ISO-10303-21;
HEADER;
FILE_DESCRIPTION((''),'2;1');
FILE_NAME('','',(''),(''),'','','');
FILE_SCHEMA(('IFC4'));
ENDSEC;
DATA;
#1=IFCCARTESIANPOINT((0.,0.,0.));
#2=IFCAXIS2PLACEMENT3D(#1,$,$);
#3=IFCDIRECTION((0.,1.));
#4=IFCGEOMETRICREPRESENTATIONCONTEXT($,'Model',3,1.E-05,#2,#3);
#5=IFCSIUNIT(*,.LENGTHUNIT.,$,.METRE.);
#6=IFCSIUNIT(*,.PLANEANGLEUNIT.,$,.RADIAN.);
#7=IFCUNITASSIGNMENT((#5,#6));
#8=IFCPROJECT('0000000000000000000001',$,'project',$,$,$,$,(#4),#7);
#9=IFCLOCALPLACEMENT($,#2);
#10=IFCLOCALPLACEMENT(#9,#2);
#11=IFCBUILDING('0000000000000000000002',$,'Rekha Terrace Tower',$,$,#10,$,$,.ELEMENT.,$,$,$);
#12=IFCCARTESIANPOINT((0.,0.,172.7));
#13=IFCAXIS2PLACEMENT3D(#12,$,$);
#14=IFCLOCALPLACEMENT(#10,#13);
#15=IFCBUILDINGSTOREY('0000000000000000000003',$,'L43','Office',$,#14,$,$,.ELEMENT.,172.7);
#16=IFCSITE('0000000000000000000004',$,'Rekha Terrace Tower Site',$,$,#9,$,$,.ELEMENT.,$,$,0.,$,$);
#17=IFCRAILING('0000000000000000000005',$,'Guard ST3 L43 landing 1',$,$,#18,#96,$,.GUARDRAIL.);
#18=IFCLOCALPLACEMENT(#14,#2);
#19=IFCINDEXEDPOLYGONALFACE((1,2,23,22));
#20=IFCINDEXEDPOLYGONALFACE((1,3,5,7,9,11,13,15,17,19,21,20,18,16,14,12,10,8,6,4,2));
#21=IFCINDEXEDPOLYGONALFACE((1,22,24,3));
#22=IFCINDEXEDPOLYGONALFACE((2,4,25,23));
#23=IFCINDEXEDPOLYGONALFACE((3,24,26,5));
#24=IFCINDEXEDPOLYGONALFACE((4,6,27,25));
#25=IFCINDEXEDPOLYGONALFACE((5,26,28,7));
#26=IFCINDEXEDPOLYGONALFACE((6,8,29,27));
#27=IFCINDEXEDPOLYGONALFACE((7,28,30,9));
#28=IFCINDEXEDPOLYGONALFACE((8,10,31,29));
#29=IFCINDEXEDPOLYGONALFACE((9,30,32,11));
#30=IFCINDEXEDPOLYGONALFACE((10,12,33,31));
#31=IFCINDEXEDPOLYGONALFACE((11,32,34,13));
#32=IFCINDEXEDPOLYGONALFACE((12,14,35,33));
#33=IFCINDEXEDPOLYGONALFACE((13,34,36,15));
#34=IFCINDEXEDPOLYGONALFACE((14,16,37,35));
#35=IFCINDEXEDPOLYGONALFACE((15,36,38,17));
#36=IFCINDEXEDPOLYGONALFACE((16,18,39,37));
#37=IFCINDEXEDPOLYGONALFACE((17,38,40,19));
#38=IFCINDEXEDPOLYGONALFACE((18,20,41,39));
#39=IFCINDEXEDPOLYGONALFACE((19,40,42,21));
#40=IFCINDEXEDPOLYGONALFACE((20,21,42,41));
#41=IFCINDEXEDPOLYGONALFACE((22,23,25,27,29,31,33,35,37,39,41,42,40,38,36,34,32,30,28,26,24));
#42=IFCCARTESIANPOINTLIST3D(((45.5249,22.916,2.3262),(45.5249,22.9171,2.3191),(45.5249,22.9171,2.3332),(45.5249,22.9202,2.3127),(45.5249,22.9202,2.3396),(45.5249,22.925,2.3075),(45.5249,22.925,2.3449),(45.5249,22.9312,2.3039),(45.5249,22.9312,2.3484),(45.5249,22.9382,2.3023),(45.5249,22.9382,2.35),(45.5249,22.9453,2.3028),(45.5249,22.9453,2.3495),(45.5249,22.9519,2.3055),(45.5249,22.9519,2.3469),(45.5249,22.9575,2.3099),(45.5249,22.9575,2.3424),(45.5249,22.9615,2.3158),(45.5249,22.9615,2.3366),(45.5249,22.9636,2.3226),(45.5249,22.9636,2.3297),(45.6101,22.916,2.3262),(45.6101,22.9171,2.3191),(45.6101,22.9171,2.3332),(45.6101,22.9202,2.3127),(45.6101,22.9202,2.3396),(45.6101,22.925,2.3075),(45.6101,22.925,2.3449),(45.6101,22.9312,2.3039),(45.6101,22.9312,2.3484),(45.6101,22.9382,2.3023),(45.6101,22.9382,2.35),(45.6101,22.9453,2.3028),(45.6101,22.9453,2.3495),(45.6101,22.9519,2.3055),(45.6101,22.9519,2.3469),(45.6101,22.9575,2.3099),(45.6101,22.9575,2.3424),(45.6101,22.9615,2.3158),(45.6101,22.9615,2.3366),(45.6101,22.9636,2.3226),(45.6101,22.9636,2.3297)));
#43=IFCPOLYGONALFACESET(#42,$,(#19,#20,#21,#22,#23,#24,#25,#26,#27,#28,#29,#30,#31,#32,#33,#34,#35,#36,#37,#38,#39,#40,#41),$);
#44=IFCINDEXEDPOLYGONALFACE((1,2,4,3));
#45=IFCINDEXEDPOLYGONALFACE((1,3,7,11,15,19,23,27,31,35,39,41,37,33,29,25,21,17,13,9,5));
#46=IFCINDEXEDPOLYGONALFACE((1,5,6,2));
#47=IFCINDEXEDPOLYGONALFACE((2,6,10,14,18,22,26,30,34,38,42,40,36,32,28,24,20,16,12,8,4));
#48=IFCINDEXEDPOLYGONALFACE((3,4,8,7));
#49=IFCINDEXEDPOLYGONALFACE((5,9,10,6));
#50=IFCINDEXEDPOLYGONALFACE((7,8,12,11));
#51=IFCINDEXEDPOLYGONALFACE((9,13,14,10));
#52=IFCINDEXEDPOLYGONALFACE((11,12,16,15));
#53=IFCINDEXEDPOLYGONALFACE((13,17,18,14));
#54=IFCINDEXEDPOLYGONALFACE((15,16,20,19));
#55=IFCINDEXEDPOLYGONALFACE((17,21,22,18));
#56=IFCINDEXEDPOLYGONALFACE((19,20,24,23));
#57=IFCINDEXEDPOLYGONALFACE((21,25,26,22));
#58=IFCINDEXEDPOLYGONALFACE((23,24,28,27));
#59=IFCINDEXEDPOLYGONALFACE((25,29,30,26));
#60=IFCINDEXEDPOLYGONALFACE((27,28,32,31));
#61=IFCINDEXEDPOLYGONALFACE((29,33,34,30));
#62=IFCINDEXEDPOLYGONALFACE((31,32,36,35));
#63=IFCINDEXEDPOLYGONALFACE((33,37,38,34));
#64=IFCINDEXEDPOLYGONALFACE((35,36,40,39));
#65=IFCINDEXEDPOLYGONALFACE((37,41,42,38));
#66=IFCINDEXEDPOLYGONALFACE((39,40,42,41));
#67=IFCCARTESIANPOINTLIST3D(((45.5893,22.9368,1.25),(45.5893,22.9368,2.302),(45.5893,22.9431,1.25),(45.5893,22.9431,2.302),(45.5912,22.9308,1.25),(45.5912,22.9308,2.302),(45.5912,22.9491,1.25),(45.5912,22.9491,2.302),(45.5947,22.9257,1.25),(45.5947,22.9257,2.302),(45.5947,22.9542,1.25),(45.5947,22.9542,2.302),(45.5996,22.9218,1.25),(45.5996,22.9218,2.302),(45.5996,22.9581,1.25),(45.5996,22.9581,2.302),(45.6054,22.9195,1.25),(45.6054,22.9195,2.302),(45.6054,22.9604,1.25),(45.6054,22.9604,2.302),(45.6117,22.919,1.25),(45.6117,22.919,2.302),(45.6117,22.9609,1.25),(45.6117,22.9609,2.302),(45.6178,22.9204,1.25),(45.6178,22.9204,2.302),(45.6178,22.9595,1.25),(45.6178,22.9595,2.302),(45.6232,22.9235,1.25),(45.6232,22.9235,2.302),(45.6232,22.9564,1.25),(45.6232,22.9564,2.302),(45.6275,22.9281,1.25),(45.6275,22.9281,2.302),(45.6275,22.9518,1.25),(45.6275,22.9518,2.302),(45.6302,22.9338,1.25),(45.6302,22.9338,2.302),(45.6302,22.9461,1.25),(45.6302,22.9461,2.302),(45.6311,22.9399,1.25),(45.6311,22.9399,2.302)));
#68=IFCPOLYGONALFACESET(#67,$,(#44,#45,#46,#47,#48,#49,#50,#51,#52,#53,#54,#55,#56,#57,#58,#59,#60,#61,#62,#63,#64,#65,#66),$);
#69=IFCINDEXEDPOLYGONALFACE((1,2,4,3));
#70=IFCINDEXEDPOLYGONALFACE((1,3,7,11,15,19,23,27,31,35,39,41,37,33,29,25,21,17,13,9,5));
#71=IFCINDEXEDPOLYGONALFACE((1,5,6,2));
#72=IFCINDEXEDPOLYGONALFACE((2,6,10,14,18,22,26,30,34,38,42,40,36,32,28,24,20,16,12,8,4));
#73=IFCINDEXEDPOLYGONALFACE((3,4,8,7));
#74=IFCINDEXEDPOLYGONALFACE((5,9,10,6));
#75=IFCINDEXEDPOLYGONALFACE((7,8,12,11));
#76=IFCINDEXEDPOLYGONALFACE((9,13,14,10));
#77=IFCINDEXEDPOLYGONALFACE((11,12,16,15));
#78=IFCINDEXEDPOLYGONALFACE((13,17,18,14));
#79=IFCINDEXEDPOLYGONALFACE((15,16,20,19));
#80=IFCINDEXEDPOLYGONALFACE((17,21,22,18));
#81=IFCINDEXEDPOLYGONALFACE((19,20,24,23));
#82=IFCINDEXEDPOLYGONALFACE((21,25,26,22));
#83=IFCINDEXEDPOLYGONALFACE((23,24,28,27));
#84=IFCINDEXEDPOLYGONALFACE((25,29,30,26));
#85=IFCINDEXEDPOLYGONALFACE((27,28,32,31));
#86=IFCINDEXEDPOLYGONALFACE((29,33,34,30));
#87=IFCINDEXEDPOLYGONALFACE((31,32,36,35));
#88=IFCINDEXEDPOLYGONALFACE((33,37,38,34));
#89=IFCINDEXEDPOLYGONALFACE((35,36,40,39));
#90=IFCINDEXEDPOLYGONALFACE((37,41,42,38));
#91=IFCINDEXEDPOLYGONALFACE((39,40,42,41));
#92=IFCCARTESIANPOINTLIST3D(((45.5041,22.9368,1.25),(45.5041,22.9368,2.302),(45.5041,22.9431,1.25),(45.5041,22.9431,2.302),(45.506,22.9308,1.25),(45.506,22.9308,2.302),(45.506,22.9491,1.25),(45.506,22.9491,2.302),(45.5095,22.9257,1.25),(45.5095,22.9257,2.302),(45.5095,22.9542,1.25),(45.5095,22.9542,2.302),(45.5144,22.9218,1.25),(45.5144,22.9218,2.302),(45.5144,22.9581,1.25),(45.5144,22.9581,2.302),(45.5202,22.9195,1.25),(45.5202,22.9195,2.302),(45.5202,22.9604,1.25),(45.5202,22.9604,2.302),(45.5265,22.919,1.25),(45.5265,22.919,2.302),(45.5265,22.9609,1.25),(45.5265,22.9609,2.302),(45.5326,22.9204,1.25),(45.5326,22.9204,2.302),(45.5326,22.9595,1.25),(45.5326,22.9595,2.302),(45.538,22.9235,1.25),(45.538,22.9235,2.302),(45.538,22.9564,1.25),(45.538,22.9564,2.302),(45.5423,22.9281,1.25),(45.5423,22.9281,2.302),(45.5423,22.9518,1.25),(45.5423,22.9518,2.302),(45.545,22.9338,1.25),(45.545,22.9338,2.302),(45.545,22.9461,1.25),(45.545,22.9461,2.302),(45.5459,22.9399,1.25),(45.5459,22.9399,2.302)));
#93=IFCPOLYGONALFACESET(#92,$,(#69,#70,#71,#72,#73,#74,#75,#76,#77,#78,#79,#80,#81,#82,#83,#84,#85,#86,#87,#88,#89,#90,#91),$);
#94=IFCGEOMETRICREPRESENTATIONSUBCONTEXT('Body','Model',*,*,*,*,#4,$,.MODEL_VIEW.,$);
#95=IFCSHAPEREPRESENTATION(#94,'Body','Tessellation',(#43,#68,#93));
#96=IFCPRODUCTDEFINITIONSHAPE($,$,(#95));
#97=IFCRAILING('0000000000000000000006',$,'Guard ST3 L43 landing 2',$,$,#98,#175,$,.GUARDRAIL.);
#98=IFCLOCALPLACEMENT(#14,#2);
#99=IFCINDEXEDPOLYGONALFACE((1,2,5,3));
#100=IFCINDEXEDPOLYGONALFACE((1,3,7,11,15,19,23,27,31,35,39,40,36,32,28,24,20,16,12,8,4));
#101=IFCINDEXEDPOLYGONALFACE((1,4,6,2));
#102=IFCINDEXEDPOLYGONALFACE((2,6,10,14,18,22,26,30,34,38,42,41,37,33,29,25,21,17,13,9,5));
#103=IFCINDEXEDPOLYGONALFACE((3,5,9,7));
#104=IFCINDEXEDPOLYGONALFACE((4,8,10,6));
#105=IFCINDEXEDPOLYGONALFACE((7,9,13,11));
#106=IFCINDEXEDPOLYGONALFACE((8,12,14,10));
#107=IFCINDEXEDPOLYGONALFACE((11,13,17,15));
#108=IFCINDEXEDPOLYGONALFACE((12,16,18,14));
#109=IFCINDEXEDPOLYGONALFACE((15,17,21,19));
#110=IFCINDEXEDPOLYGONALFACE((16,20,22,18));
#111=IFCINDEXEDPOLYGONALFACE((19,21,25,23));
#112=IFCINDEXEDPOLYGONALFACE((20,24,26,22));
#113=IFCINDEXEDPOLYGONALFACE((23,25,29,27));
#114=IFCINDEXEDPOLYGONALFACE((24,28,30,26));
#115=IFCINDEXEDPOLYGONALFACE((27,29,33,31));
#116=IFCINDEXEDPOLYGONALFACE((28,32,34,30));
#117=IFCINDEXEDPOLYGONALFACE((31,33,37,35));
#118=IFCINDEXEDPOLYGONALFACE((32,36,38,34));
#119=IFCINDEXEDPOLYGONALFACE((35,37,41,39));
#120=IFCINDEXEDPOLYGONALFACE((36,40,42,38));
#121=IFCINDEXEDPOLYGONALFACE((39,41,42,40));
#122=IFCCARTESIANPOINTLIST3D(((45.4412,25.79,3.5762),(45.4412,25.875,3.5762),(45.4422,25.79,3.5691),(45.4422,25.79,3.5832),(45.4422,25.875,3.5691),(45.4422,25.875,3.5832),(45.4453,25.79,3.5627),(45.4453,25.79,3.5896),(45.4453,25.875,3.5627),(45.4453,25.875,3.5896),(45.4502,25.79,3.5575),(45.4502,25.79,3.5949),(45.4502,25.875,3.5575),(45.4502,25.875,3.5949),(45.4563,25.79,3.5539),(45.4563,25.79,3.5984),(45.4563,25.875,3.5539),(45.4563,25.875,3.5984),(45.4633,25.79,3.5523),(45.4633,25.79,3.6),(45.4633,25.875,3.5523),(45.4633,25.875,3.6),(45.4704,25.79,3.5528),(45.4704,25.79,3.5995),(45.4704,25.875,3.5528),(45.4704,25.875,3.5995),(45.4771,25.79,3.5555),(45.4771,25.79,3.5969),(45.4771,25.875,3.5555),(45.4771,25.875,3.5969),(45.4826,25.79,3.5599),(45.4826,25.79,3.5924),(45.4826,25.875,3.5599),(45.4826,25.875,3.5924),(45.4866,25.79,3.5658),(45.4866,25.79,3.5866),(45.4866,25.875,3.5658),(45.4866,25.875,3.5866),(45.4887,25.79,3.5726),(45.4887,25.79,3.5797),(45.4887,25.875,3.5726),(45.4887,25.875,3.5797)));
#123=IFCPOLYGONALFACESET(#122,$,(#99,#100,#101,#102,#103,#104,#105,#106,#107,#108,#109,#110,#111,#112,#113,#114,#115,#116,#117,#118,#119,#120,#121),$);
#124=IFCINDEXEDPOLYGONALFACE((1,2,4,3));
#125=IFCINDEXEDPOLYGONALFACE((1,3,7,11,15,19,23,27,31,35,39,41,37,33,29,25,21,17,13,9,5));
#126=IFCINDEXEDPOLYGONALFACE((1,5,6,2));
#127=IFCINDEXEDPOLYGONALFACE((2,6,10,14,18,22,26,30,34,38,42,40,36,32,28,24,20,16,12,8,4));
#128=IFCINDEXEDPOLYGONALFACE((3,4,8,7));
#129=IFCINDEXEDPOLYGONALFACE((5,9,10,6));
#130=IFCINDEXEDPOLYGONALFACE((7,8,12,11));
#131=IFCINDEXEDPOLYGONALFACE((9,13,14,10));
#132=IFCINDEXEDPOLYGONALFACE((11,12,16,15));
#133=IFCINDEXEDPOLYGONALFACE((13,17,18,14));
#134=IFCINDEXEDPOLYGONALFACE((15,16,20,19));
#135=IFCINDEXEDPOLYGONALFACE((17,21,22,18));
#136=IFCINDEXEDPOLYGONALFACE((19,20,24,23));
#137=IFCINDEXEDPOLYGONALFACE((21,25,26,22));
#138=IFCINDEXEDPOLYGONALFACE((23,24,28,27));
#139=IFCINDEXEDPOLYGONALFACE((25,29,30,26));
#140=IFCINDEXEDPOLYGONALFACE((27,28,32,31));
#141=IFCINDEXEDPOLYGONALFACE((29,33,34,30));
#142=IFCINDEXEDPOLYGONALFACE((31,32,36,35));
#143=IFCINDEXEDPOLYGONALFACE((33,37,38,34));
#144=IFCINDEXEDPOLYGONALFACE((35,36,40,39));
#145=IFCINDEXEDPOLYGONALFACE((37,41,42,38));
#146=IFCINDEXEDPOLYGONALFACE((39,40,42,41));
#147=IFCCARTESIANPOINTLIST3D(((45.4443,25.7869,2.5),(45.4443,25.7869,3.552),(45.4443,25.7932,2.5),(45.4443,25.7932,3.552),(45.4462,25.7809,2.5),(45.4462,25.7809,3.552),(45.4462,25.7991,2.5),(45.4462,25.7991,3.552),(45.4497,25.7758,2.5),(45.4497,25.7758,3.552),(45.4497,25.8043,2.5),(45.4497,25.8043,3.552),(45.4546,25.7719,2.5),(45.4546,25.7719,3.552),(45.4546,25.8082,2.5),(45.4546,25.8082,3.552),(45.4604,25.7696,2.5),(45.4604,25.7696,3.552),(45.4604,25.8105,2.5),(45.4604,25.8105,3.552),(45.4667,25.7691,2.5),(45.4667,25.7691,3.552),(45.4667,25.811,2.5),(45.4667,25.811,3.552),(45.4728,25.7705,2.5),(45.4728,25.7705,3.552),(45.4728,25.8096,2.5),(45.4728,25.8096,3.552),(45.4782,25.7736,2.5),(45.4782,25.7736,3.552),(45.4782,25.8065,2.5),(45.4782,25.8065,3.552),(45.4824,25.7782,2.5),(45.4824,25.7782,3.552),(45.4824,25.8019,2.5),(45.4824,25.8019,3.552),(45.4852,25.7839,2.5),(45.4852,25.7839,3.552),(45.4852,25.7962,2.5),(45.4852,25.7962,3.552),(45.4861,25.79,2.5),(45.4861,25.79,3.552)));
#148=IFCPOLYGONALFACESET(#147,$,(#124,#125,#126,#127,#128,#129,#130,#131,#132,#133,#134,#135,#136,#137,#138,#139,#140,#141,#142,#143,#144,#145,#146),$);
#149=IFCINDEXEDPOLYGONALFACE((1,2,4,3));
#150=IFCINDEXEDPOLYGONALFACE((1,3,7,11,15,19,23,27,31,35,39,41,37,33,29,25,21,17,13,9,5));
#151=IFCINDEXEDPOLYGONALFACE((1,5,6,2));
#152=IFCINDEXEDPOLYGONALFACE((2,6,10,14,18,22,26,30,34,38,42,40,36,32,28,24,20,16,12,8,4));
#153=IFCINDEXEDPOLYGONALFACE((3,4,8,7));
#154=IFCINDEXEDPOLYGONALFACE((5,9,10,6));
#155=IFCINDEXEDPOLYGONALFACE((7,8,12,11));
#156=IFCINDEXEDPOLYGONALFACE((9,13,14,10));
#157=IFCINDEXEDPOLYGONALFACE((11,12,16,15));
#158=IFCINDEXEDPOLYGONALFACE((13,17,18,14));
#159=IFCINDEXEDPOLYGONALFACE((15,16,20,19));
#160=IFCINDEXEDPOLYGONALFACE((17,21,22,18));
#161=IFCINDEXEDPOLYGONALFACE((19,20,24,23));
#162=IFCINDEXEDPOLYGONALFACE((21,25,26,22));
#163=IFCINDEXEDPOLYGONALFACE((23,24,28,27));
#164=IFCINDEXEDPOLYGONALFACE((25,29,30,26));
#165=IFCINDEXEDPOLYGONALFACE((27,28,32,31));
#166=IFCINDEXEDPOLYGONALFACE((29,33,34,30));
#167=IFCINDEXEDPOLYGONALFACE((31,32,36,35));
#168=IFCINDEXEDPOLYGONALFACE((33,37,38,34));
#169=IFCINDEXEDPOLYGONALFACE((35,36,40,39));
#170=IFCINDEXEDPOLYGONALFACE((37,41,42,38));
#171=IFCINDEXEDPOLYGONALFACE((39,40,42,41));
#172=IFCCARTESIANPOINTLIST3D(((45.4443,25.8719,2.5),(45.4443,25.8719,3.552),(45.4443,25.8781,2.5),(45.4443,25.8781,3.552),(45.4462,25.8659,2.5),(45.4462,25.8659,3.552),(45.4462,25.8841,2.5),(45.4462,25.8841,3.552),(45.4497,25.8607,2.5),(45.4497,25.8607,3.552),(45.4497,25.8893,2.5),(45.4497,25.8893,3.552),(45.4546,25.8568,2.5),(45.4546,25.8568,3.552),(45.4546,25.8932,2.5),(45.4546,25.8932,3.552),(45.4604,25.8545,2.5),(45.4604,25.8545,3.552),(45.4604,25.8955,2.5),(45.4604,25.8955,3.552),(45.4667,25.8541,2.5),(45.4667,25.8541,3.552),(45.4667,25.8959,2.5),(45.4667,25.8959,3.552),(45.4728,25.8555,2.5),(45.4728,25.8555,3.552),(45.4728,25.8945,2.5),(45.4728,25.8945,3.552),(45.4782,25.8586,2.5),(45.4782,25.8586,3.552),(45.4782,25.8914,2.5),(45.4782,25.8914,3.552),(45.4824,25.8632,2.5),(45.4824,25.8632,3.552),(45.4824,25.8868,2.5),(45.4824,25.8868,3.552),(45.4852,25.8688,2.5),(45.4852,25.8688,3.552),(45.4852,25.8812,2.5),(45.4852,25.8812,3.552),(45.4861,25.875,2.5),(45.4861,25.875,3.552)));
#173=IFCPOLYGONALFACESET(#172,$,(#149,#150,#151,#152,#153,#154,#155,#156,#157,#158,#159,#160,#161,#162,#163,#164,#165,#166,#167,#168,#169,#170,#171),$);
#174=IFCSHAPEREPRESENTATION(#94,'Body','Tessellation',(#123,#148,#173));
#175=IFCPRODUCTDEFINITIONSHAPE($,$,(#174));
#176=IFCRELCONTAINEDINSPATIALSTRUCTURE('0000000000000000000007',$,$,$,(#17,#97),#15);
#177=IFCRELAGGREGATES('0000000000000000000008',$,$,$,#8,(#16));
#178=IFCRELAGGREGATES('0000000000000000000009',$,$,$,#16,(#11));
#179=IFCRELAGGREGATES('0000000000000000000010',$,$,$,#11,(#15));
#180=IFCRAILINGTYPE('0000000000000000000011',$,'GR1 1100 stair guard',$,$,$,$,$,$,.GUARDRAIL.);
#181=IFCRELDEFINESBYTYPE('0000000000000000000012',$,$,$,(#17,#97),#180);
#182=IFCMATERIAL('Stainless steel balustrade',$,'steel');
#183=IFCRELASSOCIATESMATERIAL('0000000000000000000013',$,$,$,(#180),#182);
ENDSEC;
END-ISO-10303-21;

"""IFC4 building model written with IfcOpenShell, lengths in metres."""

from ifc_helpers import new_model, si_unit, direction, frame, origin, origin_2d, place, context, subcontext, project, spatial, circle, extrude, material, type_object, element, save


model = new_model("IFC4")

# Units and contexts
model_context = context("Model", 3, precision=1e-05, world=origin(), true_north=direction((0.0, 1.0)))
body_context = subcontext(model_context, "Body", "Model", "MODEL_VIEW")
ifc_project = project(units=[si_unit("LENGTHUNIT", "METRE"), si_unit("PLANEANGLEUNIT", "RADIAN")], contexts=[model_context])

# Site, building, storey
site_placement = place(None, origin())
site = spatial("IfcSite", under=ifc_project, at=site_placement, Name="Rekha Terrace Tower Site", CompositionType="ELEMENT", RefElevation=0.0)
building_placement = place(site_placement, origin())
building = spatial("IfcBuilding", under=site, at=building_placement, Name="Rekha Terrace Tower", CompositionType="ELEMENT")
storey_placement = place(building_placement, frame((0.0, 0.0, 172.7)))
storey = spatial("IfcBuildingStorey", under=building, at=storey_placement, Name="L43", Description="Office", CompositionType="ELEMENT", Elevation=172.7)

# Railings
ifc_material_1 = material(Name="Stainless steel balustrade", Category="steel")
railing_type_1 = type_object("IfcRailingType", Name="GR1 1100 stair guard", PredefinedType="GUARDRAIL", material=ifc_material_1)
railing_1_placement = place(storey_placement, frame((45.6101, 22.9399, 1.25)))
element("IfcRailing", 1, at=railing_1_placement, inside=storey, type_object=railing_type_1, Name="Guard ST3 L43 landing 1", PredefinedType="GUARDRAIL", context=body_context, shape_type="SweptSolid", body=[
    extrude(circle(Radius=0.0239, at=origin_2d()), frame((0.0, 0.0, 1.0762), z_axis=(-1.0, 0.0, 0.0), x_axis=(0.0, -1.0, 0.0)), (0.0, 0.0, 1.0), 0.0852),
    extrude(circle(Radius=0.021, at=origin_2d()), origin(), (0.0, 0.0, 1.0), 1.052),
    extrude(circle(Radius=0.021, at=origin_2d()), frame((-0.0852, 0.0, 0.0)), (0.0, 0.0, 1.0), 1.052),
])
railing_2_placement = place(storey_placement, frame((45.4651, 25.79, 2.5)))
element("IfcRailing", 2, at=railing_2_placement, inside=storey, type_object=railing_type_1, Name="Guard ST3 L43 landing 2", PredefinedType="GUARDRAIL", context=body_context, shape_type="SweptSolid", body=[
    extrude(circle(Radius=0.0239, at=origin_2d()), frame((0.0, 0.0, 1.0762), z_axis=(0.0, 1.0, 0.0), x_axis=(-1.0, 0.0, 0.0)), (0.0, 0.0, 1.0), 0.085),
    extrude(circle(Radius=0.021, at=origin_2d()), origin(), (0.0, 0.0, 1.0), 1.052),
    extrude(circle(Radius=0.021, at=origin_2d()), frame((0.0, 0.085, 0.0)), (0.0, 0.0, 1.0), 1.052),
])

save(model, "model.ifc")
